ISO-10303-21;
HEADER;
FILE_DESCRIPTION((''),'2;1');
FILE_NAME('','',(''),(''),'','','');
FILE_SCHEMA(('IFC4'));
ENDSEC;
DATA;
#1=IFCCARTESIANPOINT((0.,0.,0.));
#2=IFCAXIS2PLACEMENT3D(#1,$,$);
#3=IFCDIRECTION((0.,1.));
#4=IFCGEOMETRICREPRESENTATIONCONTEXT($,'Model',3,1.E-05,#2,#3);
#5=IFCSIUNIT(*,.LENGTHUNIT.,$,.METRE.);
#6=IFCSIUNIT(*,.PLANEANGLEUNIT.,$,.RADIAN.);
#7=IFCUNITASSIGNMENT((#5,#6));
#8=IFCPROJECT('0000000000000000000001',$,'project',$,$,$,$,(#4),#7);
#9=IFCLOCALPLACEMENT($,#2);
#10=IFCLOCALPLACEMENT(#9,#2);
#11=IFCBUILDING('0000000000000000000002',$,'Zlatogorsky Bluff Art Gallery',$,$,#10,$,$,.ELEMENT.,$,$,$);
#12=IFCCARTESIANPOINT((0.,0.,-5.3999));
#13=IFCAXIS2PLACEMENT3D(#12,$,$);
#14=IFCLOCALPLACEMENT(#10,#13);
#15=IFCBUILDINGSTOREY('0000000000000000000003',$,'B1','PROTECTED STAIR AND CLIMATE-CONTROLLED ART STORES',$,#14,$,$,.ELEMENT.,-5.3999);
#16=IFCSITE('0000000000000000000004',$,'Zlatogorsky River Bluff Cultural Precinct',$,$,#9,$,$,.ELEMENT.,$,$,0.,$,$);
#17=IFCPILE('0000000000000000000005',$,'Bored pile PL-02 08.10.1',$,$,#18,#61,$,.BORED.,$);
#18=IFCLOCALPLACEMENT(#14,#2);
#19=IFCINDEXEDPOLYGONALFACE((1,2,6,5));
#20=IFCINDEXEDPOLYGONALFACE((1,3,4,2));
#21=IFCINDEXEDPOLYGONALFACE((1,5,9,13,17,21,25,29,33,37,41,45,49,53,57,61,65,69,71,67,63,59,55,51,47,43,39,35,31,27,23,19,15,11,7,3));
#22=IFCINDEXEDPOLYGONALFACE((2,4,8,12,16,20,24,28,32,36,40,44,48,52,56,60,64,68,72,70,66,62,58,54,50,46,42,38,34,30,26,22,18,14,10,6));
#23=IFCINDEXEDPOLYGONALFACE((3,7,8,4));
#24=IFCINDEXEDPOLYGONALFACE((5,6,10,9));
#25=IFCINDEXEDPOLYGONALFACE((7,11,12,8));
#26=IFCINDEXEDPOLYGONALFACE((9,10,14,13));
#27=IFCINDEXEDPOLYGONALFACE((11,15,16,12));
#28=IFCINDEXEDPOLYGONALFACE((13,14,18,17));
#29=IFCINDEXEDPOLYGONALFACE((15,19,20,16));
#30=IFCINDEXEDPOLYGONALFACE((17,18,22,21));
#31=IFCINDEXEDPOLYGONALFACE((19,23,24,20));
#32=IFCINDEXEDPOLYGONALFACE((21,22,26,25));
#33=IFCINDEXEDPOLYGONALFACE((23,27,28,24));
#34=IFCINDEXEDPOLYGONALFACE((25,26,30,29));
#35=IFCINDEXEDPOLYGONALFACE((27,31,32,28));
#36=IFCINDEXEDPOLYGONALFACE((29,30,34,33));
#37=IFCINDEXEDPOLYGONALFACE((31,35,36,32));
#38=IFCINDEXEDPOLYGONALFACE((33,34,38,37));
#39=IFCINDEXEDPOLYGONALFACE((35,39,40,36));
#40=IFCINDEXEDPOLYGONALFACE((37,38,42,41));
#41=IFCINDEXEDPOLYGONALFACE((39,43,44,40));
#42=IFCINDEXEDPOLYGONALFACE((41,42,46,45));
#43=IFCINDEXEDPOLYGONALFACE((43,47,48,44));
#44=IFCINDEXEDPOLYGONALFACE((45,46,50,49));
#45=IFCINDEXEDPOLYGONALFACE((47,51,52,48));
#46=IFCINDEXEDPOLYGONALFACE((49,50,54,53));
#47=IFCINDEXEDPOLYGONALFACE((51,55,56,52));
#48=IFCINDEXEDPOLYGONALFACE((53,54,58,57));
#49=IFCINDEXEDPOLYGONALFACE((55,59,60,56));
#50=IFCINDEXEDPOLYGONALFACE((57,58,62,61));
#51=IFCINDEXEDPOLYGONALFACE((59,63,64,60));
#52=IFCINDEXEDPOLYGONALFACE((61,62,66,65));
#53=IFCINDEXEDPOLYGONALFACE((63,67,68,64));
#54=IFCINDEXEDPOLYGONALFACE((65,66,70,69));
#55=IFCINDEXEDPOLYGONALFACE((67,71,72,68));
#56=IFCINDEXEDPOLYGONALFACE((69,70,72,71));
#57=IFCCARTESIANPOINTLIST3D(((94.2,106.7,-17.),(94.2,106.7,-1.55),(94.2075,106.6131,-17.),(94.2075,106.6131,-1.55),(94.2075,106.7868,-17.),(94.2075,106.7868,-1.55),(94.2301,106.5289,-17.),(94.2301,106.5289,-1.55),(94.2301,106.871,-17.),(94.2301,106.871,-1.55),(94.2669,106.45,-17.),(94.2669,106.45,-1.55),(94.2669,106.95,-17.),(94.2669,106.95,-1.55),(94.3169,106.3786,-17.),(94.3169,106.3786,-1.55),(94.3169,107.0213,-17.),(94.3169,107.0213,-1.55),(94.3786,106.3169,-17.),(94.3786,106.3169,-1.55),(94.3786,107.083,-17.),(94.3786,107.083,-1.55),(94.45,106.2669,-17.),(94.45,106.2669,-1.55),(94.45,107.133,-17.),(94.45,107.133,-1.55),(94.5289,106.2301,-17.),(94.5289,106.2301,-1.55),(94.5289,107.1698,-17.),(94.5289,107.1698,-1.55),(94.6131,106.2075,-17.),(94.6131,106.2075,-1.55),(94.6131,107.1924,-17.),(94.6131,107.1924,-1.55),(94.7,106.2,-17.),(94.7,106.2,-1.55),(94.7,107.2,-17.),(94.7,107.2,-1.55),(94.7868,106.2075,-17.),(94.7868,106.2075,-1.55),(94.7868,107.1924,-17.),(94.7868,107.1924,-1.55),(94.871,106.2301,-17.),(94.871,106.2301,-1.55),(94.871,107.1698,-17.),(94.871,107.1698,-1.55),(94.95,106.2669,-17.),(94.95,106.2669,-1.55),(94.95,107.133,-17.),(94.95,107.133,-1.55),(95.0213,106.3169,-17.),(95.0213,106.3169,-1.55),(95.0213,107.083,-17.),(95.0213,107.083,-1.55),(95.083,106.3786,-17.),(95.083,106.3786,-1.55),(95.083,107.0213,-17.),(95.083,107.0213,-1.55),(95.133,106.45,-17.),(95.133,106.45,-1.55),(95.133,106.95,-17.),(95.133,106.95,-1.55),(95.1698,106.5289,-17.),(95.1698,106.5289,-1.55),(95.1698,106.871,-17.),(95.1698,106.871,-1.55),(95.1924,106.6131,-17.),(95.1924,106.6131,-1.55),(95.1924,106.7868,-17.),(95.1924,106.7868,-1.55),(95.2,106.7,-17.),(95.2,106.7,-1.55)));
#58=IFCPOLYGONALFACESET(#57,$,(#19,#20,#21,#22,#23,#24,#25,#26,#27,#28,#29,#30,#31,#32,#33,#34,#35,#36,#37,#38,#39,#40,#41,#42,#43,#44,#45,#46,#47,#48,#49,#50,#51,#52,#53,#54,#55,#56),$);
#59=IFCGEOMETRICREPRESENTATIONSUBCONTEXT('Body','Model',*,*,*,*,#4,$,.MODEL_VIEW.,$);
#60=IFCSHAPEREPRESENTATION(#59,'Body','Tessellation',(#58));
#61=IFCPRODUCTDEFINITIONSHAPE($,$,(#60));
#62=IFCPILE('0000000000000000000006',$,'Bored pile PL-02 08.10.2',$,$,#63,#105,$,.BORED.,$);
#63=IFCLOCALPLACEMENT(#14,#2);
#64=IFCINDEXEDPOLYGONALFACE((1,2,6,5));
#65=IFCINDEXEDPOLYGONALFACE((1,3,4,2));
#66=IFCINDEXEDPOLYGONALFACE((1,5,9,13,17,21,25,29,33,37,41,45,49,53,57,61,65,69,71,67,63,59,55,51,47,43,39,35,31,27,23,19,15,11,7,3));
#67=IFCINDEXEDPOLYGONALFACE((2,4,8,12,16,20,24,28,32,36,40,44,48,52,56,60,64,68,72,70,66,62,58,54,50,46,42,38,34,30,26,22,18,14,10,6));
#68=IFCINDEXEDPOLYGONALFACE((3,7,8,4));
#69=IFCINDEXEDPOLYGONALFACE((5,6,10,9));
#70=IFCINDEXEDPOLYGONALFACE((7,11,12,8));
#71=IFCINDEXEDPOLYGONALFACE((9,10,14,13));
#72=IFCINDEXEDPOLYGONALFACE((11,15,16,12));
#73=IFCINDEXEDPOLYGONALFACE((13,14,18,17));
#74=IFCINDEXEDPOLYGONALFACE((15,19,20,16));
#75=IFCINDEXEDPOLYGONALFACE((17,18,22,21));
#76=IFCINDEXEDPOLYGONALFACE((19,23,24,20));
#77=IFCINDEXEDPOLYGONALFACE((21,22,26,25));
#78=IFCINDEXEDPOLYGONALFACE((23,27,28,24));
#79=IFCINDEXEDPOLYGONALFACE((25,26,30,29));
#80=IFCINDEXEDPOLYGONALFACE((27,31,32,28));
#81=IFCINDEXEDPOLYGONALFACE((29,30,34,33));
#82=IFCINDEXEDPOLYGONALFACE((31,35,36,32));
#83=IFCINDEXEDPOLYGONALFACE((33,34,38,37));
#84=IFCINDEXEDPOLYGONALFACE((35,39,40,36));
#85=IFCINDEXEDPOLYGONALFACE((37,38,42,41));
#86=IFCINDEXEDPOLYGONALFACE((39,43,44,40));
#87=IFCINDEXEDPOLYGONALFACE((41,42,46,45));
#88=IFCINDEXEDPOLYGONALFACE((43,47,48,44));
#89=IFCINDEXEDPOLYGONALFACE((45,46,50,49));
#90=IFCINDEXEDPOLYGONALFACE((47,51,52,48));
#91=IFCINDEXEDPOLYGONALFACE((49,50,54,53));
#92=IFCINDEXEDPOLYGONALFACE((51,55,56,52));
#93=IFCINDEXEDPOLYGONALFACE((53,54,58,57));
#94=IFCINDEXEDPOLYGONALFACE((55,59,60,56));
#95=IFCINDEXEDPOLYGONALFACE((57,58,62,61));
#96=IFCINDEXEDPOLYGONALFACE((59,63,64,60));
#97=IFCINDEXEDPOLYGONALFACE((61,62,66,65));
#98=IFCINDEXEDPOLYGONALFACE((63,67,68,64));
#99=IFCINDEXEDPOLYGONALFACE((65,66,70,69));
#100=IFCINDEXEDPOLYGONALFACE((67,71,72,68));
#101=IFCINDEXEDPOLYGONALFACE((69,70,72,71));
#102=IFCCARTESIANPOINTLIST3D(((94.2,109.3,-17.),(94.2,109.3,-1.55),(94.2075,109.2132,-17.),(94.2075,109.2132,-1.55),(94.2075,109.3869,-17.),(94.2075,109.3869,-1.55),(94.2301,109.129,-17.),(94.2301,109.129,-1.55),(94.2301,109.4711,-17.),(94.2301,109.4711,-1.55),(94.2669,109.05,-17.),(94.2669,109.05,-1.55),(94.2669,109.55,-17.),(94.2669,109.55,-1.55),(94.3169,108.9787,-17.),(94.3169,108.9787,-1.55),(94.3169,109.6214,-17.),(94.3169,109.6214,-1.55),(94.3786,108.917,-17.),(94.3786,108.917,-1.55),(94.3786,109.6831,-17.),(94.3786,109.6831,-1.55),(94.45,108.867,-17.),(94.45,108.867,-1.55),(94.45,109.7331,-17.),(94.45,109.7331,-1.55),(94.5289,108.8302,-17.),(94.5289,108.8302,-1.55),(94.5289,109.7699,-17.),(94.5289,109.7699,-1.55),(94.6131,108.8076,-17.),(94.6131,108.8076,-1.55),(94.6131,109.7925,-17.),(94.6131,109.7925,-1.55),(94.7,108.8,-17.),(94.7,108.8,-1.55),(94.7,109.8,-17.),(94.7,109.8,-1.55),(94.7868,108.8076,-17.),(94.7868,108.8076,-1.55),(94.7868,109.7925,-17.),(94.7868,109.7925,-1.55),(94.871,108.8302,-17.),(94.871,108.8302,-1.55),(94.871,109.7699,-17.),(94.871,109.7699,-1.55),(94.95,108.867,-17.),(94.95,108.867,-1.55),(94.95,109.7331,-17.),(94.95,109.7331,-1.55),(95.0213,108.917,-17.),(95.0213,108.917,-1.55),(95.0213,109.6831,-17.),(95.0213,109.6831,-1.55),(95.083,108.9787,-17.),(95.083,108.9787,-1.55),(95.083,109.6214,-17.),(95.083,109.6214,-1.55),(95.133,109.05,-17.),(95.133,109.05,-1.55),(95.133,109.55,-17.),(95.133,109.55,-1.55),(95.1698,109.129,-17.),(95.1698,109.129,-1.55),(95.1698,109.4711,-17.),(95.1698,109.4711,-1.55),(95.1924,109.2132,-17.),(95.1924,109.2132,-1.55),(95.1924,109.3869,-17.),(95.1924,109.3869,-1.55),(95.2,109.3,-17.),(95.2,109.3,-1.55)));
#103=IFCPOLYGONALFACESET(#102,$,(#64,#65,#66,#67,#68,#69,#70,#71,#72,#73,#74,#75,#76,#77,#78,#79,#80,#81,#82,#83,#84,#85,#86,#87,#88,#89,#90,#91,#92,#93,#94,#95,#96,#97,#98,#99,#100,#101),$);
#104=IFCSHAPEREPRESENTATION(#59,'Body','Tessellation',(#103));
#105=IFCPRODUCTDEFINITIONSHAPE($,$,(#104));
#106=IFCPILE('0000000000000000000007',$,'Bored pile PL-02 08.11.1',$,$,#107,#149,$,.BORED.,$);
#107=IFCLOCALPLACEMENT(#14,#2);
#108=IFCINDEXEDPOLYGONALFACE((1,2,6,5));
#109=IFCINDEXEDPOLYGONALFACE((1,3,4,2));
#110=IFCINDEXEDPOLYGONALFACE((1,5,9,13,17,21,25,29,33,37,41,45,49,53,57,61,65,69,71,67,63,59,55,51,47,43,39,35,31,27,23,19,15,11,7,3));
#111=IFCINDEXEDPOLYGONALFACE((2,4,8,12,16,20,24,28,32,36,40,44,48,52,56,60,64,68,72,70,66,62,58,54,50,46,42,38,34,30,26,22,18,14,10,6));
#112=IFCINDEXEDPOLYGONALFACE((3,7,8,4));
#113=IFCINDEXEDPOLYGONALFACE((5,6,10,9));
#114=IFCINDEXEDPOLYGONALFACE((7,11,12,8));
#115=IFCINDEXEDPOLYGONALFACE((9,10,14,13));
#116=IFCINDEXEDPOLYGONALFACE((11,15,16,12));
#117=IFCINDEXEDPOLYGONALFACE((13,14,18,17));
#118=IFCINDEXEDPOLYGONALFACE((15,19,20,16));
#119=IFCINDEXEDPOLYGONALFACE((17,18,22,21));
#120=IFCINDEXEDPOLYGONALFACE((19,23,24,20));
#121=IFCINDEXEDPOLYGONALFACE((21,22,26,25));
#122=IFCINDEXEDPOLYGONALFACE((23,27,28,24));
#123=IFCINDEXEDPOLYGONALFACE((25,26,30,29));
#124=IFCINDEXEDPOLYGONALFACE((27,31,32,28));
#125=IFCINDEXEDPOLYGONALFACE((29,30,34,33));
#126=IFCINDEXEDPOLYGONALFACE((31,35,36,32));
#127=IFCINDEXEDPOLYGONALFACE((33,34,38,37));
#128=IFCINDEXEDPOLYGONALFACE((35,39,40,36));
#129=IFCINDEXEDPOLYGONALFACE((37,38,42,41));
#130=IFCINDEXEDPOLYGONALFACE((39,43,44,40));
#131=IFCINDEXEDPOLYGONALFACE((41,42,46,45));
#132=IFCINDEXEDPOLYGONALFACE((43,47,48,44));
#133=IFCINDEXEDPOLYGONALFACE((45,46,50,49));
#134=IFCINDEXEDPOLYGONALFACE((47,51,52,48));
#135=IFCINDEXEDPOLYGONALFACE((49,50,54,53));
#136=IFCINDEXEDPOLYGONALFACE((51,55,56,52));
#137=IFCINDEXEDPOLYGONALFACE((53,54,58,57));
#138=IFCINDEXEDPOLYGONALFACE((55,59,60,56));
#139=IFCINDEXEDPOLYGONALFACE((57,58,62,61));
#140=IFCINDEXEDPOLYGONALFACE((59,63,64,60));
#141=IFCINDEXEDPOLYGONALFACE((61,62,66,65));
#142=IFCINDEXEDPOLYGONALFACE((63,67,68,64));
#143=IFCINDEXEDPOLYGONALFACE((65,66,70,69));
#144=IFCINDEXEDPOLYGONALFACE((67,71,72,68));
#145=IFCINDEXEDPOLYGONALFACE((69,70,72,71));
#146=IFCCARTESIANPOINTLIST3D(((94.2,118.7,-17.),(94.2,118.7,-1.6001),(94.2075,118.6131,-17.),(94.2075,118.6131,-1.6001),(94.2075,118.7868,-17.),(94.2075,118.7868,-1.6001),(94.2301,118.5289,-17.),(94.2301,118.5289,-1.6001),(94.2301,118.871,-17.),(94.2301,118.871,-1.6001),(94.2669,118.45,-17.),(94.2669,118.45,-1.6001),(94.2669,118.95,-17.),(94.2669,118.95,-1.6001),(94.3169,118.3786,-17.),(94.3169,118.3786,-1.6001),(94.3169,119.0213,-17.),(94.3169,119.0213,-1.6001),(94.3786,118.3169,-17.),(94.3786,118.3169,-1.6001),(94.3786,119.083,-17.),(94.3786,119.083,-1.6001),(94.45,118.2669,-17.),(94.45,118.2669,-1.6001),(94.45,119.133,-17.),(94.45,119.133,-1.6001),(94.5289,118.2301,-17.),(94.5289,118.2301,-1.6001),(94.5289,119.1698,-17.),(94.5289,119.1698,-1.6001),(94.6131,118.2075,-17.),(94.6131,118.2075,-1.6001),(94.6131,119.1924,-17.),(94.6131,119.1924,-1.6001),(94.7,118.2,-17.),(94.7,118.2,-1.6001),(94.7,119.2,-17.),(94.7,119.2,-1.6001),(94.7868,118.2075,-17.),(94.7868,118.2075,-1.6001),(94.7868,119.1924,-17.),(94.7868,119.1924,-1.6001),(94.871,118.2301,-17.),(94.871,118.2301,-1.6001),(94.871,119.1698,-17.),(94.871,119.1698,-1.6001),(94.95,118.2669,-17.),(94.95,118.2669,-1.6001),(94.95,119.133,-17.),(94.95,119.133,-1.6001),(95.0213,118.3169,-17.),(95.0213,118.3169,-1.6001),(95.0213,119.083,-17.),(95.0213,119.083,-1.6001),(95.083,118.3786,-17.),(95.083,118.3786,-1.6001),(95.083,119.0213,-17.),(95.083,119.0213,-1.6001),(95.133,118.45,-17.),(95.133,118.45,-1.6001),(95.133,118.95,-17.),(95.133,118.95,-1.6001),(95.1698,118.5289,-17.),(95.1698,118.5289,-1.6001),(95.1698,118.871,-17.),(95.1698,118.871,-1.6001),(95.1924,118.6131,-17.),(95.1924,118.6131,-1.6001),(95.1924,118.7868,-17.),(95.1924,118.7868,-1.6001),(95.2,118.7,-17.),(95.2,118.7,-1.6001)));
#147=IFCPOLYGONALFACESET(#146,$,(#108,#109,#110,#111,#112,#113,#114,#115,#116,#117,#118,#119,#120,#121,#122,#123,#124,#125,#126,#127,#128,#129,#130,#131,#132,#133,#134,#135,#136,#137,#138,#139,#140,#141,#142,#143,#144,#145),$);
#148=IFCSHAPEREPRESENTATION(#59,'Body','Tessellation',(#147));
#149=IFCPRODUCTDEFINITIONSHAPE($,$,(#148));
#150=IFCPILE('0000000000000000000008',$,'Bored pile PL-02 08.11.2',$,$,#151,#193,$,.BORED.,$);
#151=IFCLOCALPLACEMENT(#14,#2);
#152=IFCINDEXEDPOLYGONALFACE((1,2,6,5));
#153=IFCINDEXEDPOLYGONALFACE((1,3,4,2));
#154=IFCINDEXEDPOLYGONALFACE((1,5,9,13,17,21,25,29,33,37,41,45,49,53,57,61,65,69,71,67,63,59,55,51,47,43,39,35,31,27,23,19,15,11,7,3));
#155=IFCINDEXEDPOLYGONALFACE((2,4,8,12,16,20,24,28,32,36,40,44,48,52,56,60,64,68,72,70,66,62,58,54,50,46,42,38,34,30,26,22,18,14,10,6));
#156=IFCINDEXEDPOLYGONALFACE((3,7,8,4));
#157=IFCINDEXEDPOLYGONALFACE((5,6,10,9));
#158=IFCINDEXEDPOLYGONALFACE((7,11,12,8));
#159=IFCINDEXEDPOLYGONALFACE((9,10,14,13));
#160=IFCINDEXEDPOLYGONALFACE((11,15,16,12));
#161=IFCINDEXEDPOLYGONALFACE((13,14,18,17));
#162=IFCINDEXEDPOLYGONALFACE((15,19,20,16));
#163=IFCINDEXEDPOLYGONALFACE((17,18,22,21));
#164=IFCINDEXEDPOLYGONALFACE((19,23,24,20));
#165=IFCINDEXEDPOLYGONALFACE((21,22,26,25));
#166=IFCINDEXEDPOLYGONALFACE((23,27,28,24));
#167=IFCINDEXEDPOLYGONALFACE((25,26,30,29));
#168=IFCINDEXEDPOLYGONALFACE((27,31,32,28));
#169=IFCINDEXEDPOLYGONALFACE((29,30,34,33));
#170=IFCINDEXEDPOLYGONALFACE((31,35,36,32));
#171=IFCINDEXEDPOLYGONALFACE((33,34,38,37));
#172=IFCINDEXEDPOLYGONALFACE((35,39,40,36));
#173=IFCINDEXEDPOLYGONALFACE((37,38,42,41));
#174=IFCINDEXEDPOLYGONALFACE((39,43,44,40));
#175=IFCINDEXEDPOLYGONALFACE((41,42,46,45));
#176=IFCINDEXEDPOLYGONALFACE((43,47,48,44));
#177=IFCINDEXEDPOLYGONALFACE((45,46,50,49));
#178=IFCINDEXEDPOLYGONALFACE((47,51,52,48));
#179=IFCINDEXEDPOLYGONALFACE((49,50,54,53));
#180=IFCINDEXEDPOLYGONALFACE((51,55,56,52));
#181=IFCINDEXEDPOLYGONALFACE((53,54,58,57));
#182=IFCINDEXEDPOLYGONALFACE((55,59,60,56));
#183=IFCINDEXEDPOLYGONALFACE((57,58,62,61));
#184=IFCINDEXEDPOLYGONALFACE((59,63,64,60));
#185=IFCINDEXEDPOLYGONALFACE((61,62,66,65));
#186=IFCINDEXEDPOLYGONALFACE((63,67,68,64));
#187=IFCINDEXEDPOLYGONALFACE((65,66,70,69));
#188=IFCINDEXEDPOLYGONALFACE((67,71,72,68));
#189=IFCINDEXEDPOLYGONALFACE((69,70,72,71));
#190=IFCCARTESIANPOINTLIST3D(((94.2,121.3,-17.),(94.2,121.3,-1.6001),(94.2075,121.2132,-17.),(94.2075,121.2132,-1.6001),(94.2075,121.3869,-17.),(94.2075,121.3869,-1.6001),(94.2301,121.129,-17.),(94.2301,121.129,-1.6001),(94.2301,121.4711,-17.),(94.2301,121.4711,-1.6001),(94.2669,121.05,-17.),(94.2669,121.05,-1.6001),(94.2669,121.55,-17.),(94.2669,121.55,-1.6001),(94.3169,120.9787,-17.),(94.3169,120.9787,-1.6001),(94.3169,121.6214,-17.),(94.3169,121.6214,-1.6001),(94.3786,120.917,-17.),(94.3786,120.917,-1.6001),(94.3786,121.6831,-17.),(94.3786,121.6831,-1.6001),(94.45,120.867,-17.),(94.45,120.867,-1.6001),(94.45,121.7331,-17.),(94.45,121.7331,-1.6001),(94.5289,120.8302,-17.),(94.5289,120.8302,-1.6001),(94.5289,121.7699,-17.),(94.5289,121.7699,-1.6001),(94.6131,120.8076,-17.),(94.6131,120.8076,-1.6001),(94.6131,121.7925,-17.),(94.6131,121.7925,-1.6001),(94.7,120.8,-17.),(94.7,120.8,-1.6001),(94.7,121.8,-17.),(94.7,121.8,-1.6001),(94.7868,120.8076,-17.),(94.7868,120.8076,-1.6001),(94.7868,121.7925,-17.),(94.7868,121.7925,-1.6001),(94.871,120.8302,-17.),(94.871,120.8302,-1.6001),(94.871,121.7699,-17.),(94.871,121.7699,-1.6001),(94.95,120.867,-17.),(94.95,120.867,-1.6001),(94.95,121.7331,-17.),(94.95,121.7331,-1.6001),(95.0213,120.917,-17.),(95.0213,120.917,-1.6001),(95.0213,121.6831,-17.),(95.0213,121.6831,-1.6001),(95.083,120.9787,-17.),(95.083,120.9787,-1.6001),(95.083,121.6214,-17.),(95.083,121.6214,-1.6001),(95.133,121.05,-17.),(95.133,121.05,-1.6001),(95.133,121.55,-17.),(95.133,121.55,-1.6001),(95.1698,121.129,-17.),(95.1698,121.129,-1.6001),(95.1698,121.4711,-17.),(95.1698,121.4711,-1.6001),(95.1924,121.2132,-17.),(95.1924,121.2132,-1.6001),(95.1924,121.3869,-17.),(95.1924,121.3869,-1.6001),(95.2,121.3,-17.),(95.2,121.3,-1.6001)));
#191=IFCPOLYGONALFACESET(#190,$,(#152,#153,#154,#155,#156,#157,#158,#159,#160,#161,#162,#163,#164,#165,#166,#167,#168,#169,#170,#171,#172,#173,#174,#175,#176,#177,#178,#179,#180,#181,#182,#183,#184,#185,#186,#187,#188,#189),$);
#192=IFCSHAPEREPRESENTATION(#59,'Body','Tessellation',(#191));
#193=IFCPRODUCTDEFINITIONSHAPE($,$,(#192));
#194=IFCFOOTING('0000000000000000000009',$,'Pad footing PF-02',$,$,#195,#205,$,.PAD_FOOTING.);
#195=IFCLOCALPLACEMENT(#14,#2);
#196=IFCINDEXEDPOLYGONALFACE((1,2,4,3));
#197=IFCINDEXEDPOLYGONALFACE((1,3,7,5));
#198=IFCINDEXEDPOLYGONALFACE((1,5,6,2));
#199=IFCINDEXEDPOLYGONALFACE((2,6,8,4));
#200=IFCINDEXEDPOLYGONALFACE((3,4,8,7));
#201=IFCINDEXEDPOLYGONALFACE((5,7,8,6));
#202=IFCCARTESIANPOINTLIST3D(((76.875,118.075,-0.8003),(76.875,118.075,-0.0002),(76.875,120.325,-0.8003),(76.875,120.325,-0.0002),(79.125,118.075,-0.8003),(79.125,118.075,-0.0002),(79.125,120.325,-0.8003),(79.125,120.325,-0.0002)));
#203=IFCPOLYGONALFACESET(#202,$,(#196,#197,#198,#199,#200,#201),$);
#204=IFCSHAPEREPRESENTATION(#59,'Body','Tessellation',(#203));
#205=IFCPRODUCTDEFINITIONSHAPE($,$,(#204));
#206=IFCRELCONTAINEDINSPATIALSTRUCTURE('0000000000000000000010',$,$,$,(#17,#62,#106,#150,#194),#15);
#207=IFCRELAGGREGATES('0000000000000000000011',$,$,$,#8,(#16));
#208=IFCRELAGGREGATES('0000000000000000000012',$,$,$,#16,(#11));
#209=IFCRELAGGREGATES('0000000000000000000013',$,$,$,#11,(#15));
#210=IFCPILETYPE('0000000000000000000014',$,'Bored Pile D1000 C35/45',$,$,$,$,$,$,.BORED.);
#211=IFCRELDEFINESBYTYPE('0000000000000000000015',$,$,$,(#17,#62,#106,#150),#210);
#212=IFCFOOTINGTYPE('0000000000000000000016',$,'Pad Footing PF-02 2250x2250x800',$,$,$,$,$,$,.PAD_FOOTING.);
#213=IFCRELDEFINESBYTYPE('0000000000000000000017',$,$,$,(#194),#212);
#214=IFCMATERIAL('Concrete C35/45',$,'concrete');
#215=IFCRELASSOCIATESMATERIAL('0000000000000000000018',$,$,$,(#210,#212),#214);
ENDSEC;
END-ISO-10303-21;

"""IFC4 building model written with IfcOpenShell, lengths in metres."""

from ifc_helpers import new_model, si_unit, direction, frame, origin, origin_2d, place, context, subcontext, project, spatial, rectangle, circle, extrude, material, material_profile, profile_set, type_object, element, save


model = new_model("IFC4")

# Units and contexts
model_context = context("Model", 3, precision=1e-05, world=origin(), true_north=direction((0.0, 1.0)))
body_context = subcontext(model_context, "Body", "Model", "MODEL_VIEW")
ifc_project = project(units=[si_unit("LENGTHUNIT", "METRE"), si_unit("PLANEANGLEUNIT", "RADIAN")], contexts=[model_context])

# Site, building, storey
site_placement = place(None, origin())
site = spatial("IfcSite", under=ifc_project, at=site_placement, Name="Zlatogorsky River Bluff Cultural Precinct", CompositionType="ELEMENT", RefElevation=0.0)
building_placement = place(site_placement, origin())
building = spatial("IfcBuilding", under=site, at=building_placement, Name="Zlatogorsky Bluff Art Gallery", CompositionType="ELEMENT")
storey_placement = place(building_placement, frame((0.0, 0.0, -5.3999)))
storey = spatial("IfcBuildingStorey", under=building, at=storey_placement, Name="B1", Description="PROTECTED STAIR AND CLIMATE-CONTROLLED ART STORES", CompositionType="ELEMENT", Elevation=-5.3999)

# Piles
ifc_material_1 = material(Name="Concrete C35/45", Category="concrete")
ifc_material_profile_1 = material_profile(ifc_material_1, circle(Radius=0.5, at=origin_2d()), Name="BORED PILE D1000")
ifc_profile_set_1 = profile_set([ifc_material_profile_1], Name="Concrete C35/45")
pile_type = type_object("IfcPileType", Name="Bored Pile D1000 C35/45", PredefinedType="BORED", material=ifc_profile_set_1)
for number, where, z_axis, x_axis, name in (
    (1, (94.7, 106.7, -1.55), (0.0, 0.0, -1.0), (1.0, 0.0, 0.0), "Bored pile PL-02 08.10.1"),
    (2, (94.7, 109.3, -1.55), (0.0, 0.0, -1.0), (1.0, 0.0, 0.0), "Bored pile PL-02 08.10.2"),
):
    element("IfcPile", number, at=place(storey_placement, frame(where, z_axis=z_axis, x_axis=x_axis)), inside=storey, type_object=pile_type, Name=name, PredefinedType="BORED", context=body_context, shape_type="SweptSolid", body=[
        extrude(circle(Radius=0.5, at=origin_2d()), origin(), (0.0, 0.0, 1.0), 15.45),
    ])
for number, where, z_axis, x_axis, name in (
    (3, (94.7, 118.7, -1.6001), (0.0, 0.0, -1.0), (1.0, 0.0, 0.0), "Bored pile PL-02 08.11.1"),
    (4, (94.7, 121.3, -1.6001), (0.0, 0.0, -1.0), (1.0, 0.0, 0.0), "Bored pile PL-02 08.11.2"),
):
    element("IfcPile", number, at=place(storey_placement, frame(where, z_axis=z_axis, x_axis=x_axis)), inside=storey, type_object=pile_type, Name=name, PredefinedType="BORED", context=body_context, shape_type="SweptSolid", body=[
        extrude(circle(Radius=0.5, at=origin_2d()), origin(), (0.0, 0.0, 1.0), 15.3999),
    ])

# Footing
footing_type_1 = type_object("IfcFootingType", Name="Pad Footing PF-02 2250x2250x800", PredefinedType="PAD_FOOTING", material=ifc_material_1)
footing_1_placement = place(storey_placement, frame((78.0, 119.2, -0.8003), z_axis=(0.0, 0.0, 1.0), x_axis=(1.0, 0.0, 0.0)))
element("IfcFooting", 5, at=footing_1_placement, inside=storey, type_object=footing_type_1, Name="Pad footing PF-02", PredefinedType="PAD_FOOTING", context=body_context, shape_type="SweptSolid", body=[
    extrude(rectangle(XDim=2.25, YDim=2.25, at=origin_2d()), origin(), (0.0, 0.0, 1.0), 0.8),
])

save(model, "model.ifc")
